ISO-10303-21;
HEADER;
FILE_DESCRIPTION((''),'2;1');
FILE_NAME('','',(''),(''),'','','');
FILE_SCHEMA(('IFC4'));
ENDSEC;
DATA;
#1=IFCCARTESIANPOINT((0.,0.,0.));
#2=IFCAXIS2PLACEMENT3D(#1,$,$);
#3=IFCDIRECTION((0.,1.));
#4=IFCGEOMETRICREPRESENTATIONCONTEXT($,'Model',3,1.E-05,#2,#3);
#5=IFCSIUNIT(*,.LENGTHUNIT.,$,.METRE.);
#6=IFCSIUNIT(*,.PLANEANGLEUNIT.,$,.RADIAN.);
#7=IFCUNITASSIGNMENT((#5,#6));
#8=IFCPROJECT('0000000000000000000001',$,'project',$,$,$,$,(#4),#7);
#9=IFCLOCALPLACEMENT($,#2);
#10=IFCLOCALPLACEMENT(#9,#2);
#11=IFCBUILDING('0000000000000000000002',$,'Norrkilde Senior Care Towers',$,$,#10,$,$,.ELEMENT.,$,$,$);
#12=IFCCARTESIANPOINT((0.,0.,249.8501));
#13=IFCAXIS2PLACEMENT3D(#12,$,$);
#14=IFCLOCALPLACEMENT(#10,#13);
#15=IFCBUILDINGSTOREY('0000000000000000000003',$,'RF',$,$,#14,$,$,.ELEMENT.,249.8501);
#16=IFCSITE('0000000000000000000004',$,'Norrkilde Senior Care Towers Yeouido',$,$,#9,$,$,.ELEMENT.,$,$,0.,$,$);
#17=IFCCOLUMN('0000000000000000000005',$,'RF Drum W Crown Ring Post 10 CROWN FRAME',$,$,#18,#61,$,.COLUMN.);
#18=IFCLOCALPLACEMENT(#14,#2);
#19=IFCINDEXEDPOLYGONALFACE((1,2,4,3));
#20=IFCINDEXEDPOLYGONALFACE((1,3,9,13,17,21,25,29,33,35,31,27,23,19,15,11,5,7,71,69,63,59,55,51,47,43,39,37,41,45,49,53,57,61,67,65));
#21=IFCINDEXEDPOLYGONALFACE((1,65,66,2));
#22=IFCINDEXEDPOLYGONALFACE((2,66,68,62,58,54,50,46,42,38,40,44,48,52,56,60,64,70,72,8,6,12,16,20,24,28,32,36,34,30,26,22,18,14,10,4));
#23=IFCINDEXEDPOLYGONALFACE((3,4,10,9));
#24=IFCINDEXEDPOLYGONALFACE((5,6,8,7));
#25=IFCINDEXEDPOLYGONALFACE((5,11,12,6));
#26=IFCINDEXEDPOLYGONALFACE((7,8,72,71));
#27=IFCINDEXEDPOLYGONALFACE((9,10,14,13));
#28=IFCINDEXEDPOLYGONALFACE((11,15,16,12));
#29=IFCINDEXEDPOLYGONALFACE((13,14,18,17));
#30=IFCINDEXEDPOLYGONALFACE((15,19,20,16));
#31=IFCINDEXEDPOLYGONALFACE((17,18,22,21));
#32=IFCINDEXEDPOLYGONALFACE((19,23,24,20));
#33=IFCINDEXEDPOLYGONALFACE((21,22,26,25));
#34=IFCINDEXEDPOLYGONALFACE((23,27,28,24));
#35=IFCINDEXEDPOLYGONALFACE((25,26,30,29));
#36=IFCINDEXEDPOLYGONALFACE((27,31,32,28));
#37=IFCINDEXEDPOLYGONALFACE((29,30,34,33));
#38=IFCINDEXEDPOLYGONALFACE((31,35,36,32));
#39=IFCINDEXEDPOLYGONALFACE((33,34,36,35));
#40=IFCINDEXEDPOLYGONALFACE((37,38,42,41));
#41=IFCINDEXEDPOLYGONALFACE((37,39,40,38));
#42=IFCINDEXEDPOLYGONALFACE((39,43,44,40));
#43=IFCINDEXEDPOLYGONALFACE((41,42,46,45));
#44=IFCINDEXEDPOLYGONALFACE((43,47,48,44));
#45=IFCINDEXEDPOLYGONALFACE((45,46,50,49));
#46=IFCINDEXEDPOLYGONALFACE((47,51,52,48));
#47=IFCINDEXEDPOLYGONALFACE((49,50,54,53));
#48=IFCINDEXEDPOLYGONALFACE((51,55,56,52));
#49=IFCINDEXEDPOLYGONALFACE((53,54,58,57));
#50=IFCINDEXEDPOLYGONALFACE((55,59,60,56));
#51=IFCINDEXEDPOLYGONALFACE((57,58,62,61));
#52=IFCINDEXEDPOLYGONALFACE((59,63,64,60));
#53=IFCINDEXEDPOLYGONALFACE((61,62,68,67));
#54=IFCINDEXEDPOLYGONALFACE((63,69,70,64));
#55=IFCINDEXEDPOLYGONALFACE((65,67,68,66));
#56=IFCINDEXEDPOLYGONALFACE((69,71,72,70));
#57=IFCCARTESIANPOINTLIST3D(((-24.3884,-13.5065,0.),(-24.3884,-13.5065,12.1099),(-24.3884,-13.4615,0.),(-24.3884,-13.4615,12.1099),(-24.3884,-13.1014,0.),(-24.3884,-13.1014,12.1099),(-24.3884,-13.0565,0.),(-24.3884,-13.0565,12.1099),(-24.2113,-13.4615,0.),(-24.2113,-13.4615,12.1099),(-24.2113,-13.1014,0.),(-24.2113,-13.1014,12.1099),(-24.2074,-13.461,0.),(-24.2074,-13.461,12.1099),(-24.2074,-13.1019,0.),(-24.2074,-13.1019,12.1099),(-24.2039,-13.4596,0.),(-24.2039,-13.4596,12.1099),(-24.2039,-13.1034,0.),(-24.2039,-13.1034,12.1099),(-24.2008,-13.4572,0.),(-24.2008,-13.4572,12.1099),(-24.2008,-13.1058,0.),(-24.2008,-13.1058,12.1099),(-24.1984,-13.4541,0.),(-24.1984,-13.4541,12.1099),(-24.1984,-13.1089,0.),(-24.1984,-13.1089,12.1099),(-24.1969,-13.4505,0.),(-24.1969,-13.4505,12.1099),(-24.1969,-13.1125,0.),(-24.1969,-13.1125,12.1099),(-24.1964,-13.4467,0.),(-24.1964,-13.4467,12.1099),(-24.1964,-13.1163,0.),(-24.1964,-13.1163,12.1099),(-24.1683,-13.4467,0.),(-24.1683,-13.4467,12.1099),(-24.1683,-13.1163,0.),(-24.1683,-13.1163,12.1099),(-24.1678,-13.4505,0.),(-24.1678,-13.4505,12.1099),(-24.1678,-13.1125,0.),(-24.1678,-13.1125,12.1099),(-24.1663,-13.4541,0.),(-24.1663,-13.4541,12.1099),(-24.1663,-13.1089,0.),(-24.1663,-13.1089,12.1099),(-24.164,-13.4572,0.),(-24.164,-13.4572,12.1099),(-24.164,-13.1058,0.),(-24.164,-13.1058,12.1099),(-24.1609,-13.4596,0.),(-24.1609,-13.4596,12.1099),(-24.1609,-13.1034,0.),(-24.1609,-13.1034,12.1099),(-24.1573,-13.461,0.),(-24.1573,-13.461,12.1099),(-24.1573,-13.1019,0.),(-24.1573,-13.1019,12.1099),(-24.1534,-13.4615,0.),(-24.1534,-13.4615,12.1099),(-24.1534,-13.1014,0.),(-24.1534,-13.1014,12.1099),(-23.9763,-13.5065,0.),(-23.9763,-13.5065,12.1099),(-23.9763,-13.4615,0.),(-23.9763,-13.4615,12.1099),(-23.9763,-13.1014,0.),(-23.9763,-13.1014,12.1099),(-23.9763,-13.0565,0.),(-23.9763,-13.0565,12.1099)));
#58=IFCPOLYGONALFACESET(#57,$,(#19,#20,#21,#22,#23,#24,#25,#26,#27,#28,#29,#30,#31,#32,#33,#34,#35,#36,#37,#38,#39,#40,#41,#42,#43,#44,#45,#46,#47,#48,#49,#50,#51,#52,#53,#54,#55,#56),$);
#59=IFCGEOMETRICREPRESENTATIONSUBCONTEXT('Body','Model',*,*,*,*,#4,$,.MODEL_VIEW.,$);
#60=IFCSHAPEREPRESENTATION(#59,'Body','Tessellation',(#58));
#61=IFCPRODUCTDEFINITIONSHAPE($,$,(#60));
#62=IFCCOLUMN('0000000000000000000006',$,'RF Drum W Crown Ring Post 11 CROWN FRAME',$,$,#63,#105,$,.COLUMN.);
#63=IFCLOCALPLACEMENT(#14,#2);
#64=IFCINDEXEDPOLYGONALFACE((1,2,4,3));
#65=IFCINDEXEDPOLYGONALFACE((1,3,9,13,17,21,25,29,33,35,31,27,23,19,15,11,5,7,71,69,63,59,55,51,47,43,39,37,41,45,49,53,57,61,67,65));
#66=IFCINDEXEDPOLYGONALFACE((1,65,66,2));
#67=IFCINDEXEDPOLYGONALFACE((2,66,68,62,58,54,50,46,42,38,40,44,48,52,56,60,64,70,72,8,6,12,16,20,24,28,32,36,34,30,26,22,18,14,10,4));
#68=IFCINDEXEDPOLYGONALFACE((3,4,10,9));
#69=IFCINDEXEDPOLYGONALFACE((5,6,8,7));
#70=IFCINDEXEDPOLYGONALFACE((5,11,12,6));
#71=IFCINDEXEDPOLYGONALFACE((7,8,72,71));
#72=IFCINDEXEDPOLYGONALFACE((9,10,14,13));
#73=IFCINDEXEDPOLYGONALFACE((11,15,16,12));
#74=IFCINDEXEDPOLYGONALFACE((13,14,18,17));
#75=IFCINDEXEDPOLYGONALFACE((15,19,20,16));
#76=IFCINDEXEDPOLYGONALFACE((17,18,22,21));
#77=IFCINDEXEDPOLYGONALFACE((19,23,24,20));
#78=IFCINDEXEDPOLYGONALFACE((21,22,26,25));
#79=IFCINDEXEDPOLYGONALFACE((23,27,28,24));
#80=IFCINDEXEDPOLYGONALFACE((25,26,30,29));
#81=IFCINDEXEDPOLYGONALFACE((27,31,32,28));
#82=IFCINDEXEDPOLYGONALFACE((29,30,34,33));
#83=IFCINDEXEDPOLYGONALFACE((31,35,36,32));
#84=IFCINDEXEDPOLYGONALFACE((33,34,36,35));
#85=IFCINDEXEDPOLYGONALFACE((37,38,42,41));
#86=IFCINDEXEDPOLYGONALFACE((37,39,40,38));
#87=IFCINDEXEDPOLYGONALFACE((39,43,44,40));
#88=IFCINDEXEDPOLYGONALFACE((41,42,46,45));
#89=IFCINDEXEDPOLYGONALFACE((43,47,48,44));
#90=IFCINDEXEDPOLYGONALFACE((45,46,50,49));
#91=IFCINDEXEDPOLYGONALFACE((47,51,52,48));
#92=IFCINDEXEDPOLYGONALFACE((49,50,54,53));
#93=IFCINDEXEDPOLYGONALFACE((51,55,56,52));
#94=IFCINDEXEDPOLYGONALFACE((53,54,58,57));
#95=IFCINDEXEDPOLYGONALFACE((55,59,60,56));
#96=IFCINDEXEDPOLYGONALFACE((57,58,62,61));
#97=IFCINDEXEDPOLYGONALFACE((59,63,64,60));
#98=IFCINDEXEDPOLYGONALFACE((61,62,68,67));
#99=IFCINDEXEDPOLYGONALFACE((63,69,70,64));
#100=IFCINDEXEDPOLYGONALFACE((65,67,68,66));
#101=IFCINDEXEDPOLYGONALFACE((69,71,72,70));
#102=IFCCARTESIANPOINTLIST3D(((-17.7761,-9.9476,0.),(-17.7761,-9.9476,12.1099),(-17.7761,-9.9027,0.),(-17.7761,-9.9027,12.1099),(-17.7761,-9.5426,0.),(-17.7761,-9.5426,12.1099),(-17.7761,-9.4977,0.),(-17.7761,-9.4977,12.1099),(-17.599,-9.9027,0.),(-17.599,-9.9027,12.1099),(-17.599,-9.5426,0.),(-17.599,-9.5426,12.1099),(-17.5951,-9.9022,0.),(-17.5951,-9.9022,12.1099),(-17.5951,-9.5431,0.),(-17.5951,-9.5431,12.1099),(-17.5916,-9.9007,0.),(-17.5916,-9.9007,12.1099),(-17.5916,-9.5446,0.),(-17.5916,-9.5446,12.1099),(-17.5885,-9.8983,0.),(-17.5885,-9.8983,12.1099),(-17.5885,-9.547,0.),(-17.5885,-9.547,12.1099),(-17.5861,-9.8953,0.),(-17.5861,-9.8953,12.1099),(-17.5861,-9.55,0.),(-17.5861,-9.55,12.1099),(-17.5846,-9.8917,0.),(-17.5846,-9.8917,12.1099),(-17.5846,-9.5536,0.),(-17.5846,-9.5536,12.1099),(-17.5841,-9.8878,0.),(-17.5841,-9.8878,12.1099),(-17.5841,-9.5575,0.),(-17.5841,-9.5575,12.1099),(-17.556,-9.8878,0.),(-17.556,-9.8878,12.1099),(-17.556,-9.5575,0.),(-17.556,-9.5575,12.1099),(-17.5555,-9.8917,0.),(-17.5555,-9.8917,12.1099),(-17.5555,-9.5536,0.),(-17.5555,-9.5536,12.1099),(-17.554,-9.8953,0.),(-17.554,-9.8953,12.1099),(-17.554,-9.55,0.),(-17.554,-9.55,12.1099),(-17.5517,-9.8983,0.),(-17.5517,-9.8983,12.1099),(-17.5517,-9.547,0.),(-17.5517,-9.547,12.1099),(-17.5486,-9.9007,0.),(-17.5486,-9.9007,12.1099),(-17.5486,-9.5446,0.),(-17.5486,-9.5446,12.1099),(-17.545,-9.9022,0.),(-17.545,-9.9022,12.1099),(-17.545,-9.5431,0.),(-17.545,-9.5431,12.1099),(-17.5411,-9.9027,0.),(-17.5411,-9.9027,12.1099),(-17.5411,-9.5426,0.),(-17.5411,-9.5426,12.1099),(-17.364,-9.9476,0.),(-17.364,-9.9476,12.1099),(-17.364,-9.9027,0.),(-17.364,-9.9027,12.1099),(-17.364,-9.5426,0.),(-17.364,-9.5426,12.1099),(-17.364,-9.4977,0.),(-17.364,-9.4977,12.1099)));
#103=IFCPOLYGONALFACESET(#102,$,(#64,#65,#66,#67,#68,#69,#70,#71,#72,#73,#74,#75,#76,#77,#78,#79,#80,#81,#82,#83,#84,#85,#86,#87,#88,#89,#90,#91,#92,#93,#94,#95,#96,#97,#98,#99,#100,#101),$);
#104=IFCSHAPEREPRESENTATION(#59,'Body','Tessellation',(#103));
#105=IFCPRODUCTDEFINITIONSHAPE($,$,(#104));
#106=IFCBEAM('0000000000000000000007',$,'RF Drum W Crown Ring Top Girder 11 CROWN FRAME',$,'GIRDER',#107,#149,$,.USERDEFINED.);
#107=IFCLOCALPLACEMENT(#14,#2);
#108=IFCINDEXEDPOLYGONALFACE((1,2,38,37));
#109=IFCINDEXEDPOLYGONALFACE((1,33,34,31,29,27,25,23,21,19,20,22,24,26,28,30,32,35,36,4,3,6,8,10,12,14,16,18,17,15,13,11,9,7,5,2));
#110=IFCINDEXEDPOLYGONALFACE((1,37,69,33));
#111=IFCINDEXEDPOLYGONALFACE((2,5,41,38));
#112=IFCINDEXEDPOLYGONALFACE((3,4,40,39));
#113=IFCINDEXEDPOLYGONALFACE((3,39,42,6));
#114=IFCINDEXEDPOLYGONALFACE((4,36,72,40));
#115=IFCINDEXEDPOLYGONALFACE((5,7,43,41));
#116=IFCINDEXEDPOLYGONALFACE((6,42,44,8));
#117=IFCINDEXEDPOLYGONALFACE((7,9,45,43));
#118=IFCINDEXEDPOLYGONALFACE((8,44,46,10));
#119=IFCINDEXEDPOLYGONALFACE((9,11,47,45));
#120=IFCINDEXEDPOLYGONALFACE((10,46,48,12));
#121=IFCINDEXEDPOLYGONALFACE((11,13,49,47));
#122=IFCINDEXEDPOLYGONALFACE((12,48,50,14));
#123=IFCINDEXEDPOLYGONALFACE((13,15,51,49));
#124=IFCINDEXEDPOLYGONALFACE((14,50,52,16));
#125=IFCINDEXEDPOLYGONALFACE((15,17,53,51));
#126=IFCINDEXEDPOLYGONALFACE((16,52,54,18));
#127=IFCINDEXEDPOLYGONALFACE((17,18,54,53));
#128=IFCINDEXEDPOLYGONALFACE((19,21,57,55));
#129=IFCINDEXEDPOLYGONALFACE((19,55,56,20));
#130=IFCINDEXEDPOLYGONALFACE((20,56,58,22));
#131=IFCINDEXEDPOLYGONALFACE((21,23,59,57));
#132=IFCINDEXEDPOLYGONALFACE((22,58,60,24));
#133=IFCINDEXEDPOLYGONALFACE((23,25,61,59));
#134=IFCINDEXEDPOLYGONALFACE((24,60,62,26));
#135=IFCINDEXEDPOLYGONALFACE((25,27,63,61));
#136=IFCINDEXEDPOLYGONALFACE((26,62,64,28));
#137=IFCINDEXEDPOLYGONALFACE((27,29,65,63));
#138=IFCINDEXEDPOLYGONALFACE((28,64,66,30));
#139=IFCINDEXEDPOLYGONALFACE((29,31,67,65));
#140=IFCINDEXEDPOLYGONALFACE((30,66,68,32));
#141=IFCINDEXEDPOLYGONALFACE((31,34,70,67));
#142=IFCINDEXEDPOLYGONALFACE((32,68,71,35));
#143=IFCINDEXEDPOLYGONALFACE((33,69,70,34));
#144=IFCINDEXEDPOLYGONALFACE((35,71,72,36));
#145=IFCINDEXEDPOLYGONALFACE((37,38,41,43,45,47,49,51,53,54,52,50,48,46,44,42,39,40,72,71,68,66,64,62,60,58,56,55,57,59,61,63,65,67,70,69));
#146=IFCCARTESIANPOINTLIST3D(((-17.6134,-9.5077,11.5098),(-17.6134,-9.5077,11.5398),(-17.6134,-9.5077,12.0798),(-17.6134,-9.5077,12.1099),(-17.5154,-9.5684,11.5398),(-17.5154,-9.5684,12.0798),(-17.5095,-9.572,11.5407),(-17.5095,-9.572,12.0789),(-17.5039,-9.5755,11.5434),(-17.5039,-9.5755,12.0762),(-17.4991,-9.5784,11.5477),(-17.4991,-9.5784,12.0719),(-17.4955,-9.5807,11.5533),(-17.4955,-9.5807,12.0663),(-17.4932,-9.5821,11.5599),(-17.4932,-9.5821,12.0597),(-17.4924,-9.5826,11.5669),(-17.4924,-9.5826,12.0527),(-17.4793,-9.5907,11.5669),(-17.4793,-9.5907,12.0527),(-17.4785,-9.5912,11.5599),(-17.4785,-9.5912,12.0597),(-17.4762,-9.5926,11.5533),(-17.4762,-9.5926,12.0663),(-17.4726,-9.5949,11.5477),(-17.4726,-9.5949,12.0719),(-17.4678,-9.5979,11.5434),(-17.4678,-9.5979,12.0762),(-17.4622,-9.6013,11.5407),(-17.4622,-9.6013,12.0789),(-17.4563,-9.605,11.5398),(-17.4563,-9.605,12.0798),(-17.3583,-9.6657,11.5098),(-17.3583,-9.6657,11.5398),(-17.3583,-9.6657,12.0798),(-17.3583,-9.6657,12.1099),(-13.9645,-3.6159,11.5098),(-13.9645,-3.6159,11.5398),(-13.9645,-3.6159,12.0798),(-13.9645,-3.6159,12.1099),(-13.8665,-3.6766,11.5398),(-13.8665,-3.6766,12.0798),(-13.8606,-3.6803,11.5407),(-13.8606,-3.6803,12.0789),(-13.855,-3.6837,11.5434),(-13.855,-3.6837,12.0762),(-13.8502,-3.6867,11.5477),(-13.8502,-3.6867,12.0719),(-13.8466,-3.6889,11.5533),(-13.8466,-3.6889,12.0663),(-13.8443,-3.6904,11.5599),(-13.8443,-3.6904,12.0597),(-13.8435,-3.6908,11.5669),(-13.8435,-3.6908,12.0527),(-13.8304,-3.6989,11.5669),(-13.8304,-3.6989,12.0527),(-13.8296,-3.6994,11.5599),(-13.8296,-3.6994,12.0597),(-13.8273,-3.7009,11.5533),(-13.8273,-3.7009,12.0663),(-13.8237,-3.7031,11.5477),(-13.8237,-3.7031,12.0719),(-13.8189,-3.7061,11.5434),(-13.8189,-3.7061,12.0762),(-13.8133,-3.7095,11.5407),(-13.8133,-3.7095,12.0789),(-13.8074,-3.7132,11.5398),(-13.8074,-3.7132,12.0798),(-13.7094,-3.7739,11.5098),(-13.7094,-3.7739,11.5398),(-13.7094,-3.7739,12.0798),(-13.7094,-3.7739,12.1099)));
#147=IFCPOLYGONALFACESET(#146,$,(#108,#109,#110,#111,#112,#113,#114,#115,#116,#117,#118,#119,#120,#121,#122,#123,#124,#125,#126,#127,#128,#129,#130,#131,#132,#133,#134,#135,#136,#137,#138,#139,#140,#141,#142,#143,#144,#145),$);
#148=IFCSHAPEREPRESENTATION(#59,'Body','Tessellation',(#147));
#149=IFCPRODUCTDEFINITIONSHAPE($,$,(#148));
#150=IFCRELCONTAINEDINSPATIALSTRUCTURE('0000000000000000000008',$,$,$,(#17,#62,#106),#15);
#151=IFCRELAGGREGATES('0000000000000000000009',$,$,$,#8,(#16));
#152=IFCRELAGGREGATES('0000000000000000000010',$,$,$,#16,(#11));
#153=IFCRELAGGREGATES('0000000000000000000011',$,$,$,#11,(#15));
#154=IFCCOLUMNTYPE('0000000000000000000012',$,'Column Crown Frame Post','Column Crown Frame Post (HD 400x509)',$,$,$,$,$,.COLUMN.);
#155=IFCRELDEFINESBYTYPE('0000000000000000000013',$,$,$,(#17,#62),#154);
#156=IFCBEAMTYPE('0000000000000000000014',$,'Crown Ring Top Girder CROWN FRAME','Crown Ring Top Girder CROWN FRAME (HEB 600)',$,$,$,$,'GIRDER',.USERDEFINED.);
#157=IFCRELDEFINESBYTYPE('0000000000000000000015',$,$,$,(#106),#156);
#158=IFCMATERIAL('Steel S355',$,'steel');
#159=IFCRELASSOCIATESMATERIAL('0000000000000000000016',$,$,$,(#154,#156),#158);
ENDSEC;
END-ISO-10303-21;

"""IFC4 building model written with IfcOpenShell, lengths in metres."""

from ifc_helpers import new_model, si_unit, direction, frame, origin, origin_2d, place, context, subcontext, project, spatial, i_section, extrude, source, transform, mapped, material, material_profile, profile_set, type_object, type_shapes, element, save


model = new_model("IFC4")

# Units and contexts
model_context = context("Model", 3, precision=1e-05, world=origin(), true_north=direction((0.0, 1.0)))
body_context = subcontext(model_context, "Body", "Model", "MODEL_VIEW")
ifc_project = project(units=[si_unit("LENGTHUNIT", "METRE"), si_unit("PLANEANGLEUNIT", "RADIAN")], contexts=[model_context])

# Site, building, storey
site_placement = place(None, origin())
site = spatial("IfcSite", under=ifc_project, at=site_placement, Name="Norrkilde Senior Care Towers Yeouido", CompositionType="ELEMENT", RefElevation=0.0)
building_placement = place(site_placement, origin())
building = spatial("IfcBuilding", under=site, at=building_placement, Name="Norrkilde Senior Care Towers", CompositionType="ELEMENT")
storey_placement = place(building_placement, frame((0.0, 0.0, 249.8501)))
storey = spatial("IfcBuildingStorey", under=building, at=storey_placement, Name="RF", CompositionType="ELEMENT", Elevation=249.8501)

# Columns
ifc_material_1 = material(Name="Steel S355", Category="steel")
ifc_material_profile_1 = material_profile(ifc_material_1, i_section(OverallWidth=0.4121, OverallDepth=0.45, WebThickness=0.0281, FlangeThickness=0.0449, FilletRadius=0.0149, at=origin_2d()), Name="HD 400x509")
ifc_profile_set_1 = profile_set([ifc_material_profile_1], Name="Steel S355")
column_type = type_object("IfcColumnType", Name="Column Crown Frame Post", Description="Column Crown Frame Post (HD 400x509)", PredefinedType="COLUMN", material=ifc_profile_set_1)
shared_shape_1 = source(origin(), body_context, "Body", "SweptSolid", [
    extrude(i_section(OverallWidth=0.4121, OverallDepth=0.45, WebThickness=0.0281, FlangeThickness=0.0449, FilletRadius=0.0149, at=origin_2d()), origin(), (0.0, 0.0, 1.0), 12.1099),
])
type_shapes(column_type, [shared_shape_1])
for number, where, z_axis, x_axis, name in (
    (1, (-24.1824, -13.2815, 0.0), (0.0, 0.0, 1.0), (1.0, 0.0, 0.0), "RF Drum W Crown Ring Post 10 CROWN FRAME"),
    (2, (-17.5701, -9.7227, 0.0), (0.0, 0.0, 1.0), (1.0, 0.0, 0.0), "RF Drum W Crown Ring Post 11 CROWN FRAME"),
):
    element("IfcColumn", number, at=place(storey_placement, frame(where, z_axis=z_axis, x_axis=x_axis)), inside=storey, type_object=column_type, Name=name, PredefinedType="COLUMN", context=body_context, shape_type="MappedRepresentation", body=[
        mapped(shared_shape_1, transform((0.0, 0.0, 0.0), x_axis=(1.0, 0.0, 0.0), y_axis=(0.0, 1.0, 0.0), z_axis=(0.0, 0.0, 1.0), scale=1.0)),
    ])

# Beam
ifc_material_profile_2 = material_profile(ifc_material_1, i_section(OverallWidth=0.3, OverallDepth=0.6001, WebThickness=0.0154, FlangeThickness=0.03, FilletRadius=0.0271, at=origin_2d()), Name="HEB 600")
ifc_profile_set_2 = profile_set([ifc_material_profile_2], Name="Steel S355")
beam_type_1 = type_object("IfcBeamType", Name="Crown Ring Top Girder CROWN FRAME", Description="Crown Ring Top Girder CROWN FRAME (HEB 600)", ElementType="GIRDER", PredefinedType="USERDEFINED", material=ifc_profile_set_2)
shared_shape_2 = source(origin(), body_context, "Body", "SweptSolid", [
    extrude(i_section(OverallWidth=0.3, OverallDepth=0.6001, WebThickness=0.0154, FlangeThickness=0.03, FilletRadius=0.0271, at=origin_2d()), origin(), (0.0, 0.0, 1.0), 6.9302),
])
beam_1_placement = place(storey_placement, frame((-17.4858, -9.5867, 11.8098), z_axis=(0.526521, 0.850162, 0.0), x_axis=(-0.850162, 0.526521, 0.0)))
element("IfcBeam", 3, at=beam_1_placement, inside=storey, type_object=beam_type_1, Name="RF Drum W Crown Ring Top Girder 11 CROWN FRAME", ObjectType="GIRDER", PredefinedType="USERDEFINED", context=body_context, shape_type="MappedRepresentation", body=[
    mapped(shared_shape_2, transform((0.0, 0.0, 0.0), x_axis=(1.0, 0.0, 0.0), y_axis=(0.0, 1.0, 0.0), z_axis=(0.0, 0.0, 1.0), scale=1.0)),
])

save(model, "model.ifc")
